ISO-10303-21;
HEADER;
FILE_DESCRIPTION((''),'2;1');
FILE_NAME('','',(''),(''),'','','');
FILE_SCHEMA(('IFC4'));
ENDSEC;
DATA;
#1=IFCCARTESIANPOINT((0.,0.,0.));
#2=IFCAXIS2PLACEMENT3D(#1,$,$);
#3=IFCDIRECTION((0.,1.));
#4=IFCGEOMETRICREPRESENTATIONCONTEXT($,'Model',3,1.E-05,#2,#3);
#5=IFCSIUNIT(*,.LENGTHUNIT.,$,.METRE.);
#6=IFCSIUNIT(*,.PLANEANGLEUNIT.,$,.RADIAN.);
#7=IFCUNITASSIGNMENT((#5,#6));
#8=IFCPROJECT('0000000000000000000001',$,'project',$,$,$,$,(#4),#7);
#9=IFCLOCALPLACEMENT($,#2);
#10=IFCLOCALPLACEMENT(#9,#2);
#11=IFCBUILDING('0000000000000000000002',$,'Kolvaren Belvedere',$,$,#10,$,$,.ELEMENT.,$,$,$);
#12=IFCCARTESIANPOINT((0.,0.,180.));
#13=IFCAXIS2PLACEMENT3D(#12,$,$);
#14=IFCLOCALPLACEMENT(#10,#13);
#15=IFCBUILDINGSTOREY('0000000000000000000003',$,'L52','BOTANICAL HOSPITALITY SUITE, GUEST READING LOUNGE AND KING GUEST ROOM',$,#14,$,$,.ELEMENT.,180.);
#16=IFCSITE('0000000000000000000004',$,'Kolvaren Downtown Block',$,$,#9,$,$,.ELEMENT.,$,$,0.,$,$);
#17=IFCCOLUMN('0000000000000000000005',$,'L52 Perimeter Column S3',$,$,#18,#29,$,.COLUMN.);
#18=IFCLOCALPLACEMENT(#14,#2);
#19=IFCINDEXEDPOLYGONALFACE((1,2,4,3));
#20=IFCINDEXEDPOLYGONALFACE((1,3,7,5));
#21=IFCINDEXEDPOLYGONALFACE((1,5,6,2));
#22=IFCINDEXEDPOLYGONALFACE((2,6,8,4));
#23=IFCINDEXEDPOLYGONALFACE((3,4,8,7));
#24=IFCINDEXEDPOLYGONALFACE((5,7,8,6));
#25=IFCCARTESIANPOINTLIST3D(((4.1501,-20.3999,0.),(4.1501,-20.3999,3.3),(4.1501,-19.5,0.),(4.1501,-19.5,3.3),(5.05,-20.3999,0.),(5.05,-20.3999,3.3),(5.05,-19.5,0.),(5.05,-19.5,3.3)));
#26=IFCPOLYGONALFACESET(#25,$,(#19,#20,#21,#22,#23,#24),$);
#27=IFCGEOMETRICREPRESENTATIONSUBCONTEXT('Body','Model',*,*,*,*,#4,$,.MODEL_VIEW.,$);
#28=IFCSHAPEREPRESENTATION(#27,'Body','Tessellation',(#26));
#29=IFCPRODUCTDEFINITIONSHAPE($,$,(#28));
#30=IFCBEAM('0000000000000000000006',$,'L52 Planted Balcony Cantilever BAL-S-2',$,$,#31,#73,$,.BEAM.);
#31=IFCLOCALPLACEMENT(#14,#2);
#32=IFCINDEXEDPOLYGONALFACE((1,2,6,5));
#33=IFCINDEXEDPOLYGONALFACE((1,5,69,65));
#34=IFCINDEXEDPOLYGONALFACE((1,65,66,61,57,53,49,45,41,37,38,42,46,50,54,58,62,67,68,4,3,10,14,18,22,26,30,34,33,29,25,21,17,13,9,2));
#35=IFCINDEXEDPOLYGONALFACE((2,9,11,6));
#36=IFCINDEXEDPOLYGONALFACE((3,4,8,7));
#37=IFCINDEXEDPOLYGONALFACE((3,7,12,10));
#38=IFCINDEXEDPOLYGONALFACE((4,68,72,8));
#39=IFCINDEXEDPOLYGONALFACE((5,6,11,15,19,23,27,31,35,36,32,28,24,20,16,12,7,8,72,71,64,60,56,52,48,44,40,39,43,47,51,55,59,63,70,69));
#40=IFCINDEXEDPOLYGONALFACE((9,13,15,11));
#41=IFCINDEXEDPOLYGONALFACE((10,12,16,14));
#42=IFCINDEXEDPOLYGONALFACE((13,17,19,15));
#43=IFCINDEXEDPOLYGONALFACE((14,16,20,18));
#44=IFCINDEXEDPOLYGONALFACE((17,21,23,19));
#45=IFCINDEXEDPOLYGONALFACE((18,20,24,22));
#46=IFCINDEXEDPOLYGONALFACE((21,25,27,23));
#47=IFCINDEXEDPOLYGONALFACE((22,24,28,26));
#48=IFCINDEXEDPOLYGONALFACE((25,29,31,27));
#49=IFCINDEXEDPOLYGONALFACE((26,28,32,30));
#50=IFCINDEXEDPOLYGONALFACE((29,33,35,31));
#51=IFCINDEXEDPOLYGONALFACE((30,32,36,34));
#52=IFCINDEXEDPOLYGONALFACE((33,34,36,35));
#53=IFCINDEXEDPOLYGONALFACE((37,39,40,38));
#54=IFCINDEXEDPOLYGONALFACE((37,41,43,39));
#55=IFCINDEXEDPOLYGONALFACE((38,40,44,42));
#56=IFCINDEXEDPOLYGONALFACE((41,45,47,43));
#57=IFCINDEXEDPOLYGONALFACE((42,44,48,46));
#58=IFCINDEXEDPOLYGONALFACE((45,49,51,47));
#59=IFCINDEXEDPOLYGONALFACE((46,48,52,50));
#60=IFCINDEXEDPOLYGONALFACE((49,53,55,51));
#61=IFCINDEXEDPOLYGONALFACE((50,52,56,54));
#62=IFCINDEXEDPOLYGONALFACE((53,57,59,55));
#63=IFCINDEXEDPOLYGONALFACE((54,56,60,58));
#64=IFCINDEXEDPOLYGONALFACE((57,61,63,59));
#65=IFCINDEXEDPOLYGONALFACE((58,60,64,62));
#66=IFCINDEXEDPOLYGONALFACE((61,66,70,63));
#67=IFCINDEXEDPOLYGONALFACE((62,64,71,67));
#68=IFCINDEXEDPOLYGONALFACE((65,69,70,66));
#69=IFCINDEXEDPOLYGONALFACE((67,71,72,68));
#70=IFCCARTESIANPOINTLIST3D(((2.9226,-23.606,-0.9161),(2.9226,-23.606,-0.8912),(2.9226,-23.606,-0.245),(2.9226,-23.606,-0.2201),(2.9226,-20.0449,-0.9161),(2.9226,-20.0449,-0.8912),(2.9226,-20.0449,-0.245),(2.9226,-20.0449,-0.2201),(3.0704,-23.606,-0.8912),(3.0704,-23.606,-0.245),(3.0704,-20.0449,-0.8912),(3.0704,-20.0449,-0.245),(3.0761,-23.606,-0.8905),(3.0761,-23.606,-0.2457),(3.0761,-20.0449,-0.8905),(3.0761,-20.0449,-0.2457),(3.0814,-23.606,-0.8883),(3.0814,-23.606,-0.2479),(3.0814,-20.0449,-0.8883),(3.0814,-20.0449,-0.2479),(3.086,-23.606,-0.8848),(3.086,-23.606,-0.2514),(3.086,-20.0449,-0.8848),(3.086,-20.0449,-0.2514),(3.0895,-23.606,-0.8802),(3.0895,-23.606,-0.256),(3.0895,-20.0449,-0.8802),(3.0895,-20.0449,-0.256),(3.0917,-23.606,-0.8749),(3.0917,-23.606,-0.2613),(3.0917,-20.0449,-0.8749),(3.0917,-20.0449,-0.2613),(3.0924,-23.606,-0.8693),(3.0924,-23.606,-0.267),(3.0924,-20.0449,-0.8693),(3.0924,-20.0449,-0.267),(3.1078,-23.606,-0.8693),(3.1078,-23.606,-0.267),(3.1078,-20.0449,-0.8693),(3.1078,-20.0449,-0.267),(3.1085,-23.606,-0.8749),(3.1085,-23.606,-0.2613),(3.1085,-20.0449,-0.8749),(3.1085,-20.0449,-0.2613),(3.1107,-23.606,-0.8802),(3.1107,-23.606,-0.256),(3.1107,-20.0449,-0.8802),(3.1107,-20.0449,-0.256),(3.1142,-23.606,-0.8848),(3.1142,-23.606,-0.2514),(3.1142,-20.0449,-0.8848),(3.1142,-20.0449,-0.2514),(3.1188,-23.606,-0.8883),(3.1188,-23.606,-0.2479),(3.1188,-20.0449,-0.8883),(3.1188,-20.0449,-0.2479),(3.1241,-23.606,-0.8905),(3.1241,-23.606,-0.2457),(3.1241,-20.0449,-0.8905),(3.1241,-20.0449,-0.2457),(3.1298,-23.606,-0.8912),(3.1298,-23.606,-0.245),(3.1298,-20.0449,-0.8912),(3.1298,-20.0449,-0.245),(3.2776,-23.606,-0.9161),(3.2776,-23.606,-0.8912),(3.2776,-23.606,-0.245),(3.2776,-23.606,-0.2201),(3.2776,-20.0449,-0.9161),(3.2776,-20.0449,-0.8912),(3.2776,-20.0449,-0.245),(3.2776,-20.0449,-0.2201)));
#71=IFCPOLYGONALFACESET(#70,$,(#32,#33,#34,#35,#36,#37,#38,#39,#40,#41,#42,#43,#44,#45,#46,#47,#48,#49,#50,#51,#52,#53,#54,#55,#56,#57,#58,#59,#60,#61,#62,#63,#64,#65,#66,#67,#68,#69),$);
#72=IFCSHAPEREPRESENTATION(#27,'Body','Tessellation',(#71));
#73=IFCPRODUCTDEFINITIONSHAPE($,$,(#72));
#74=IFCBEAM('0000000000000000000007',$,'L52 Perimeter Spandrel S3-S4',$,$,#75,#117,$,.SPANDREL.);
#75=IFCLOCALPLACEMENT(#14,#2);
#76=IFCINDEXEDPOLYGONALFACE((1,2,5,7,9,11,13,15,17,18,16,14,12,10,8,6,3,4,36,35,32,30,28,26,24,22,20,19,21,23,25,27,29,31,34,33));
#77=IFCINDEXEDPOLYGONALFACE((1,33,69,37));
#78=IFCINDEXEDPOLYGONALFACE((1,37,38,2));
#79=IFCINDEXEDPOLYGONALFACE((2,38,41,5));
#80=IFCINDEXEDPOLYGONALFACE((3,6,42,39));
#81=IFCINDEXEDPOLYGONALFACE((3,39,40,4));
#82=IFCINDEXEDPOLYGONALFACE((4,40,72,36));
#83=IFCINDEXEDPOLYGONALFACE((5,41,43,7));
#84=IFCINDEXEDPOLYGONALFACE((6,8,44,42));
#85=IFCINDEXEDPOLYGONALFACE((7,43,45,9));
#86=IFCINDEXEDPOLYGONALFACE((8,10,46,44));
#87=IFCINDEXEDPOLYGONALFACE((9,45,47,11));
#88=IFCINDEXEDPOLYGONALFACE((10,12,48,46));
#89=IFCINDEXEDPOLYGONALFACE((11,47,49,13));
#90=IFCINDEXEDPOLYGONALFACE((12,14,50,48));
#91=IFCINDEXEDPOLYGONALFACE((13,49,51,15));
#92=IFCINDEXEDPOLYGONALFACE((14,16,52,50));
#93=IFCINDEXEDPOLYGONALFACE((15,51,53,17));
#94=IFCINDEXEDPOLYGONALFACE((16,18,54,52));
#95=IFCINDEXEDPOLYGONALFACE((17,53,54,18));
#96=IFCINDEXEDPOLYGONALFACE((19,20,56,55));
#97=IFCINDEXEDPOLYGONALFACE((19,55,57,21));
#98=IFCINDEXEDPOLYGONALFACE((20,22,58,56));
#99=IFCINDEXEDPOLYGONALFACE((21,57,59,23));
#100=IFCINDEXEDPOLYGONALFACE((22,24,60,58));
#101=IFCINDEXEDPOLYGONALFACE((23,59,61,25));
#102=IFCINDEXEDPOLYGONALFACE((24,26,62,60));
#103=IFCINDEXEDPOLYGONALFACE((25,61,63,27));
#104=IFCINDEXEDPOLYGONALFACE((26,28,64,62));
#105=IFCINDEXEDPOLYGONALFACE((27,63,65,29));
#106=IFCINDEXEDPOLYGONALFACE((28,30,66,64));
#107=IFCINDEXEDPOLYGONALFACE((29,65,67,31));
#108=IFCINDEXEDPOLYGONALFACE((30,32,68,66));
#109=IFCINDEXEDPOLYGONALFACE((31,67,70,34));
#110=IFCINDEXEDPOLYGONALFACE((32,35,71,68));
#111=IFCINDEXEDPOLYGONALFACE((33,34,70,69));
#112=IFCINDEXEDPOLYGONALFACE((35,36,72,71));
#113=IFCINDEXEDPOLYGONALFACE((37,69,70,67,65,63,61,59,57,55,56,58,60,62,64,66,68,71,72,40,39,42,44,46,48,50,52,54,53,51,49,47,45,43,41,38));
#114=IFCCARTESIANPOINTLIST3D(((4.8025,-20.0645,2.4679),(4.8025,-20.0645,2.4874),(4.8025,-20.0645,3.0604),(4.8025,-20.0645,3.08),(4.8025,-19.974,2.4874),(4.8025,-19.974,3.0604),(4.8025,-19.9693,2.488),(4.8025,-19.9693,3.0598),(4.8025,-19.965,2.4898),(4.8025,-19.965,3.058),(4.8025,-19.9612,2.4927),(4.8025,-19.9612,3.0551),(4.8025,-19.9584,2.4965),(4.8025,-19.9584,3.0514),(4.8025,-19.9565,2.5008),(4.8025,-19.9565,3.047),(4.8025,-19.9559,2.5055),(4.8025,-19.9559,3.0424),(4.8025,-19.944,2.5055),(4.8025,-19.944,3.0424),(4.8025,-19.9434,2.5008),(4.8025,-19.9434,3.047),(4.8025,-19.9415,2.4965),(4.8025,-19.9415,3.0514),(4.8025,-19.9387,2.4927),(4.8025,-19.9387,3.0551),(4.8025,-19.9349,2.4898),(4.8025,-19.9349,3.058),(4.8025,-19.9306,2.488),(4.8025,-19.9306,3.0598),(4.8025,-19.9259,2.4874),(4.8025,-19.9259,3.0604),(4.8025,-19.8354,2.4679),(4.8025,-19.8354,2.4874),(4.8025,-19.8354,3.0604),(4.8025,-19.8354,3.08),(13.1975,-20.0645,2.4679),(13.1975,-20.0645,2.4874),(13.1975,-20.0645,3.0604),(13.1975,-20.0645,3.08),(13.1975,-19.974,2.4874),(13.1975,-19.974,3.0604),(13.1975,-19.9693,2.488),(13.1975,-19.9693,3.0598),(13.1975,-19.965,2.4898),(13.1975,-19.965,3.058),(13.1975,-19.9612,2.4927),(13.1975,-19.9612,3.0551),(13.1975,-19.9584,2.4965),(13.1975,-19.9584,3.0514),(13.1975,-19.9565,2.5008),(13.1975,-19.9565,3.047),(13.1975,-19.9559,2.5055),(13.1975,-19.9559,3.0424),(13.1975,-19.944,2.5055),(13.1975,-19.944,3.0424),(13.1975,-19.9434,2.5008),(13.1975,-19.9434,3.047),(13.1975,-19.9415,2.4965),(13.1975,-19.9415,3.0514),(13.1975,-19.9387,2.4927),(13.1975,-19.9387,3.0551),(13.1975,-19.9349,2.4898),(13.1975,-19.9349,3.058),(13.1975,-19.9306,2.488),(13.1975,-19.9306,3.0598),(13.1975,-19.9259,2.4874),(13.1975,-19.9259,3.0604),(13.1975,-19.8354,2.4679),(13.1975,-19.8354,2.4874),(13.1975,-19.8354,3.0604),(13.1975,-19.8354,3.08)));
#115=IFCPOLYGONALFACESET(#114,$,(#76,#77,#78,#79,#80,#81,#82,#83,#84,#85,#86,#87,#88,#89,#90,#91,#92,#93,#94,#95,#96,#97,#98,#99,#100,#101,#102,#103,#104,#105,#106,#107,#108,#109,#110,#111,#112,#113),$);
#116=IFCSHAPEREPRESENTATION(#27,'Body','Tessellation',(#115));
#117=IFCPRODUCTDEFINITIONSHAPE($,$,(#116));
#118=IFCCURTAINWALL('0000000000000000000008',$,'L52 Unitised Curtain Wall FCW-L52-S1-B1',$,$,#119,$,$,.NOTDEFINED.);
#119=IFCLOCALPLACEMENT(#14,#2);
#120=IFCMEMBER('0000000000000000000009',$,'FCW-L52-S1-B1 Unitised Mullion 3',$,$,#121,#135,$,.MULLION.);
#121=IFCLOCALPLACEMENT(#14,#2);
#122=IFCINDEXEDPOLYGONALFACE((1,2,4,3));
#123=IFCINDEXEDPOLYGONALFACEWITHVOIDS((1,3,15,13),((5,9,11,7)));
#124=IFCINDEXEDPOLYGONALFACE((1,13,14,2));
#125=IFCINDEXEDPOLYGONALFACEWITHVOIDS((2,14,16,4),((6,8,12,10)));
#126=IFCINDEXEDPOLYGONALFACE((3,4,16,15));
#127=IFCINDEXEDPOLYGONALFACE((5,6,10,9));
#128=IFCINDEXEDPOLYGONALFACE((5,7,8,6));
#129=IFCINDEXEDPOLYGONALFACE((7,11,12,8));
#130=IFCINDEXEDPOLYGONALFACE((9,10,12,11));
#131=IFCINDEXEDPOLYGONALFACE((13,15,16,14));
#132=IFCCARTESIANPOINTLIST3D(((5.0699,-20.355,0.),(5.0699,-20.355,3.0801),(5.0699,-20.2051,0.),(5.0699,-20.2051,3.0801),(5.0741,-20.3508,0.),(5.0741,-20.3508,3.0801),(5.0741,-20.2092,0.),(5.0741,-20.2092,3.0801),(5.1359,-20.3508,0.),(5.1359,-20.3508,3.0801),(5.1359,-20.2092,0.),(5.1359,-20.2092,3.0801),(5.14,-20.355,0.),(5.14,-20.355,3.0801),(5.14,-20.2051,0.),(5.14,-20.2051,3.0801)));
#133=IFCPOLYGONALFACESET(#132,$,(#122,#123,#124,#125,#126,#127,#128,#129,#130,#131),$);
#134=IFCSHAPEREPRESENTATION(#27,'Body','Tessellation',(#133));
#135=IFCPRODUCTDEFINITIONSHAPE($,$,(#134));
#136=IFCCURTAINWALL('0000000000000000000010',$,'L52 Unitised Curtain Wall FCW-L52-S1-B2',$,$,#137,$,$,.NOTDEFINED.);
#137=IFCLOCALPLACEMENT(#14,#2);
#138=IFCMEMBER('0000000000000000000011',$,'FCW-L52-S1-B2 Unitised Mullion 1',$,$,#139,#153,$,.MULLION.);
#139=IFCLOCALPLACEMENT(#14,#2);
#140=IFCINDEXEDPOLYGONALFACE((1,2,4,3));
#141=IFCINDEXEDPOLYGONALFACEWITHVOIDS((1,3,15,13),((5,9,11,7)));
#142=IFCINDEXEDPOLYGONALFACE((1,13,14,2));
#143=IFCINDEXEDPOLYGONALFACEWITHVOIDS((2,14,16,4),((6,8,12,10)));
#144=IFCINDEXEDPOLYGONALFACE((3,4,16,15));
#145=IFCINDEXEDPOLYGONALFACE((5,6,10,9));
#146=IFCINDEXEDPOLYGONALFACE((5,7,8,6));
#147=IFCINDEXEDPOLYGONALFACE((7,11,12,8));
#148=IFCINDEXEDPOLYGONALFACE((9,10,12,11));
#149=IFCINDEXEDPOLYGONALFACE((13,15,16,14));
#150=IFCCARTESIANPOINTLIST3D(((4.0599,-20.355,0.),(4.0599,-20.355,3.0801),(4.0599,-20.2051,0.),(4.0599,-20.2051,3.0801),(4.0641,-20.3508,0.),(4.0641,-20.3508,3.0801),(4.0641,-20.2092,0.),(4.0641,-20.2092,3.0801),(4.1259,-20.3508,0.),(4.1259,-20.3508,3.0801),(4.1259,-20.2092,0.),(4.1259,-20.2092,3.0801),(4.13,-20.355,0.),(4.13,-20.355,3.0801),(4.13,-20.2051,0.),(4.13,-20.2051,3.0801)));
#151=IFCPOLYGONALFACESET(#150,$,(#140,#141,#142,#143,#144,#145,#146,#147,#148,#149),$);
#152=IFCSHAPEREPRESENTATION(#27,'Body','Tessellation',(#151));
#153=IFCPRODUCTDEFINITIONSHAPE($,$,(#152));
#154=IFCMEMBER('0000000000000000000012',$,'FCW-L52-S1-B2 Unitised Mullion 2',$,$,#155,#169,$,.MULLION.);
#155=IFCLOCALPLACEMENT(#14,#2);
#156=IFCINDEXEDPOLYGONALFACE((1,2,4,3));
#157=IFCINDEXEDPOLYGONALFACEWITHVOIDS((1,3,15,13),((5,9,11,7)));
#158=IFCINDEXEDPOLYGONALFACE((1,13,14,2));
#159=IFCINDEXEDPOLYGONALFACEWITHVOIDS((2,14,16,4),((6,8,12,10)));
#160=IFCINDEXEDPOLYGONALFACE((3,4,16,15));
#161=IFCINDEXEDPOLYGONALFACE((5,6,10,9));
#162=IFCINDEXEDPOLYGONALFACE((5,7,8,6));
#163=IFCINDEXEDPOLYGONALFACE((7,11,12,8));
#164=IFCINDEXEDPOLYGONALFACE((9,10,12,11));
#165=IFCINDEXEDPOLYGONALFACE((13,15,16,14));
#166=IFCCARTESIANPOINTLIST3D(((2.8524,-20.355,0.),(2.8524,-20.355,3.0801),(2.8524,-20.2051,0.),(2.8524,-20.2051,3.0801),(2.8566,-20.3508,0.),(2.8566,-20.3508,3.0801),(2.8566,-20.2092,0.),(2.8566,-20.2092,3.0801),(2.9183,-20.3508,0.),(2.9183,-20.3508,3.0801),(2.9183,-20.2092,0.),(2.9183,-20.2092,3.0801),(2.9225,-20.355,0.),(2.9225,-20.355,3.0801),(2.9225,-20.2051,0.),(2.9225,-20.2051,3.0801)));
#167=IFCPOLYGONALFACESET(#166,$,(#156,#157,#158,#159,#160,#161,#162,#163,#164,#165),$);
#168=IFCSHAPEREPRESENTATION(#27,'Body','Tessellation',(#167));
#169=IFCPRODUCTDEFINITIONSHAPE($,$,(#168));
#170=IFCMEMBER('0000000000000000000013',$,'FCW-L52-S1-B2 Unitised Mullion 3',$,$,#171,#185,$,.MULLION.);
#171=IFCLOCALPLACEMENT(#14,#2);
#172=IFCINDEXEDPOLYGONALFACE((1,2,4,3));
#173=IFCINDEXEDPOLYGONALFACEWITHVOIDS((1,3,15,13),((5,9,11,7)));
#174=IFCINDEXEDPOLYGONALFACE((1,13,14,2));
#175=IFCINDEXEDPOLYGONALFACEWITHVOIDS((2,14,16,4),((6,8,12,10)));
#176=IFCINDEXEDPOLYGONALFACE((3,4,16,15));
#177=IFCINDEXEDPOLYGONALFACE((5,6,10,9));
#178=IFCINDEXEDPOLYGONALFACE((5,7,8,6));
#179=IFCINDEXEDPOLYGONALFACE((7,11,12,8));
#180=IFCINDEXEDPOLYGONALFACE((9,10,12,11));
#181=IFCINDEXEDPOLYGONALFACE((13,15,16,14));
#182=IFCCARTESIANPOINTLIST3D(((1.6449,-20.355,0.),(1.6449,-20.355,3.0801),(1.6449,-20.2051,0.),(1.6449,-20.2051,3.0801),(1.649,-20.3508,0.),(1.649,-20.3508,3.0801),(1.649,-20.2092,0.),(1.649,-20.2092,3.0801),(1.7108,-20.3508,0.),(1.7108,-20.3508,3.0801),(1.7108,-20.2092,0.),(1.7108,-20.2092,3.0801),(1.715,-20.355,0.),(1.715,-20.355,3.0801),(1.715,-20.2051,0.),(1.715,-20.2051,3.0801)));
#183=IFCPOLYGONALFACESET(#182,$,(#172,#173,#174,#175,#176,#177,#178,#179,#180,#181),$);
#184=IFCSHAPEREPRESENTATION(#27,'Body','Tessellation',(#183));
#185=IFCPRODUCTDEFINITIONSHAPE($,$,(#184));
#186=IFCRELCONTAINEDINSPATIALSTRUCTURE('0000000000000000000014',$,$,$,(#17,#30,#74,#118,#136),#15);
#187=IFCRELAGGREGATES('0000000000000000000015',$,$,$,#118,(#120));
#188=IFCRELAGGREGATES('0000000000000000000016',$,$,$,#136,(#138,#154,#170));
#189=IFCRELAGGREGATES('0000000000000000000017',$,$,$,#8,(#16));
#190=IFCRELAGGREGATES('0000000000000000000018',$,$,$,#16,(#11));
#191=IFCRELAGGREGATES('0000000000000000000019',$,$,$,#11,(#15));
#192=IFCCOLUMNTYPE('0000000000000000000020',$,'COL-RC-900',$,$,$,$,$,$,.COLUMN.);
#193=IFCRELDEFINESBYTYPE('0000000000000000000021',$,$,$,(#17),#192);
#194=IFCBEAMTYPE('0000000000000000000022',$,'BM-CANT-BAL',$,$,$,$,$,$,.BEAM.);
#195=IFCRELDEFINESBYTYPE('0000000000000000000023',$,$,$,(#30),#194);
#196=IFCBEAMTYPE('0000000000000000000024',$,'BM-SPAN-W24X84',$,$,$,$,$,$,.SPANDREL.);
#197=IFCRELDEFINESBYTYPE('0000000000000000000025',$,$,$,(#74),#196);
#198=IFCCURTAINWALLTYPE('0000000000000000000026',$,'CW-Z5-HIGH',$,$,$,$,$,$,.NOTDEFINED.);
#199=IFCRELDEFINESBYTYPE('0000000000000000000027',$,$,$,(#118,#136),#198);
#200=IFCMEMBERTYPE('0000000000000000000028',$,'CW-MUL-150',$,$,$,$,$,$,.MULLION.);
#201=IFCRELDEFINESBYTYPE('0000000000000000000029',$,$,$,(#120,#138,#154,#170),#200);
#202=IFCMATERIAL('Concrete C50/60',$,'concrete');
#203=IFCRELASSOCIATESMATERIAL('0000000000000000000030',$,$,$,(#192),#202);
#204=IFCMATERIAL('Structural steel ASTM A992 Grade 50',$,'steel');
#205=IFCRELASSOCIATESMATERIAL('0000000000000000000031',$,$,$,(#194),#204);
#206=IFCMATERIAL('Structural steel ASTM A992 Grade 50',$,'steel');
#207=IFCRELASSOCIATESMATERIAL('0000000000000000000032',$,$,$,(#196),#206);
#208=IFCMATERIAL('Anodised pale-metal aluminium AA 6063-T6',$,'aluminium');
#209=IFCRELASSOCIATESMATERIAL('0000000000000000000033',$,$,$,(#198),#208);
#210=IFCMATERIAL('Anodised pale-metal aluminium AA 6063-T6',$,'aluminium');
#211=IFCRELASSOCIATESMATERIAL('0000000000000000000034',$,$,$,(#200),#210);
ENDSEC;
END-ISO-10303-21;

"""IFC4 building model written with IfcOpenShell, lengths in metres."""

from ifc_helpers import new_model, si_unit, direction, frame, origin, origin_2d, place, context, subcontext, project, spatial, rectangle, hollow_rectangle, i_section, extrude, material, material_profile, profile_set, type_object, element, aggregate, save


model = new_model("IFC4")

# Units and contexts
model_context = context("Model", 3, precision=1e-05, world=origin(), true_north=direction((0.0, 1.0)))
body_context = subcontext(model_context, "Body", "Model", "MODEL_VIEW")
ifc_project = project(units=[si_unit("LENGTHUNIT", "METRE"), si_unit("PLANEANGLEUNIT", "RADIAN")], contexts=[model_context])

# Site, building, storey
site_placement = place(None, origin())
site = spatial("IfcSite", under=ifc_project, at=site_placement, Name="Kolvaren Downtown Block", CompositionType="ELEMENT", RefElevation=0.0)
building_placement = place(site_placement, origin())
building = spatial("IfcBuilding", under=site, at=building_placement, Name="Kolvaren Belvedere", CompositionType="ELEMENT")
storey_placement = place(building_placement, frame((0.0, 0.0, 180.0)))
storey = spatial("IfcBuildingStorey", under=building, at=storey_placement, Name="L52", Description="BOTANICAL HOSPITALITY SUITE, GUEST READING LOUNGE AND KING GUEST ROOM", CompositionType="ELEMENT", Elevation=180.0)

# Column
ifc_material_1 = material(Name="Concrete C50/60", Category="concrete")
ifc_material_profile_1 = material_profile(ifc_material_1, rectangle(XDim=0.8999, YDim=0.8999, at=origin_2d()), Name="RC 900X900")
ifc_profile_set_1 = profile_set([ifc_material_profile_1], Name="Concrete C50/60")
column_type = type_object("IfcColumnType", Name="COL-RC-900", PredefinedType="COLUMN", material=ifc_profile_set_1)
column_placement = place(storey_placement, frame((4.6001, -19.95, 0.0), z_axis=(0.0, 0.0, 1.0), x_axis=(1.0, 0.0, 0.0)))
element("IfcColumn", 1, at=column_placement, inside=storey, type_object=column_type, Name="L52 Perimeter Column S3", PredefinedType="COLUMN", context=body_context, shape_type="SweptSolid", body=[
    extrude(rectangle(XDim=0.8999, YDim=0.8999, at=origin_2d()), origin(), (0.0, 0.0, 1.0), 3.3),
])

# Beams
ifc_material_2 = material(Name="Structural steel ASTM A992 Grade 50", Category="steel")
ifc_material_profile_2 = material_profile(ifc_material_2, i_section(OverallWidth=0.355, OverallDepth=0.696, WebThickness=0.0154, FlangeThickness=0.0249, FilletRadius=0.022, at=origin_2d()), Name="W27X146")
ifc_profile_set_2 = profile_set([ifc_material_profile_2], Name="Structural steel ASTM A992 Grade 50")
beam_type_1 = type_object("IfcBeamType", Name="BM-CANT-BAL", PredefinedType="BEAM", material=ifc_profile_set_2)
beam_1_placement = place(storey_placement, frame((3.1001, -20.0449, -0.5681), z_axis=(0.0, -1.0, 0.0), x_axis=(1.0, 0.0, 0.0)))
element("IfcBeam", 2, at=beam_1_placement, inside=storey, type_object=beam_type_1, Name="L52 Planted Balcony Cantilever BAL-S-2", PredefinedType="BEAM", context=body_context, shape_type="SweptSolid", body=[
    extrude(i_section(OverallWidth=0.355, OverallDepth=0.696, WebThickness=0.0154, FlangeThickness=0.0249, FilletRadius=0.022, at=origin_2d()), origin(), (0.0, 0.0, 1.0), 3.561),
])
ifc_material_3 = material(Name="Structural steel ASTM A992 Grade 50", Category="steel")
ifc_material_profile_3 = material_profile(ifc_material_3, i_section(OverallWidth=0.229, OverallDepth=0.6121, WebThickness=0.012, FlangeThickness=0.0195, FilletRadius=0.0181, at=origin_2d()), Name="W24X84")
ifc_profile_set_3 = profile_set([ifc_material_profile_3], Name="Structural steel ASTM A992 Grade 50")
beam_type_2 = type_object("IfcBeamType", Name="BM-SPAN-W24X84", PredefinedType="SPANDREL", material=ifc_profile_set_3)
beam_2_placement = place(storey_placement, frame((4.8025, -19.95, 2.7739), z_axis=(1.0, 0.0, 0.0), x_axis=(0.0, 1.0, 0.0)))
element("IfcBeam", 3, at=beam_2_placement, inside=storey, type_object=beam_type_2, Name="L52 Perimeter Spandrel S3-S4", PredefinedType="SPANDREL", context=body_context, shape_type="SweptSolid", body=[
    extrude(i_section(OverallWidth=0.229, OverallDepth=0.6121, WebThickness=0.012, FlangeThickness=0.0195, FilletRadius=0.0181, at=origin_2d()), origin(), (0.0, 0.0, 1.0), 8.395),
])

# Curtain wall, member
ifc_material_4 = material(Name="Anodised pale-metal aluminium AA 6063-T6", Category="aluminium")
curtain_wall_type = type_object("IfcCurtainWallType", Name="CW-Z5-HIGH", PredefinedType="NOTDEFINED", material=ifc_material_4)
curtain_wall_1_placement = place(storey_placement, origin())
curtain_wall_1 = element("IfcCurtainWall", 4, at=curtain_wall_1_placement, inside=storey, type_object=curtain_wall_type, Name="L52 Unitised Curtain Wall FCW-L52-S1-B1", PredefinedType="NOTDEFINED")
ifc_material_5 = material(Name="Anodised pale-metal aluminium AA 6063-T6", Category="aluminium")
ifc_material_profile_4 = material_profile(ifc_material_5, hollow_rectangle(XDim=0.0701, YDim=0.1499, WallThickness=0.0042, at=origin_2d()), Name="ALU-MUL-150X70")
ifc_profile_set_4 = profile_set([ifc_material_profile_4], Name="Anodised pale-metal aluminium AA 6063-T6")
member_type_1 = type_object("IfcMemberType", Name="CW-MUL-150", PredefinedType="MULLION", material=ifc_profile_set_4)
member_1_placement = place(storey_placement, frame((5.105, -20.28, 0.0), z_axis=(0.0, 0.0, 1.0), x_axis=(1.0, 0.0, 0.0)))
member_1 = element("IfcMember", 5, at=member_1_placement, type_object=member_type_1, Name="FCW-L52-S1-B1 Unitised Mullion 3", PredefinedType="MULLION", context=body_context, shape_type="SweptSolid", body=[
    extrude(hollow_rectangle(XDim=0.0701, YDim=0.1499, WallThickness=0.0042, at=origin_2d()), origin(), (0.0, 0.0, 1.0), 3.0801),
])
aggregate(curtain_wall_1, [member_1])

# Curtain wall, members
curtain_wall_2_placement = place(storey_placement, origin())
curtain_wall_2 = element("IfcCurtainWall", 6, at=curtain_wall_2_placement, inside=storey, type_object=curtain_wall_type, Name="L52 Unitised Curtain Wall FCW-L52-S1-B2", PredefinedType="NOTDEFINED")
member_2_placement = place(storey_placement, frame((4.095, -20.28, 0.0), z_axis=(0.0, 0.0, 1.0), x_axis=(1.0, 0.0, 0.0)))
member_2 = element("IfcMember", 7, at=member_2_placement, type_object=member_type_1, Name="FCW-L52-S1-B2 Unitised Mullion 1", PredefinedType="MULLION", context=body_context, shape_type="SweptSolid", body=[
    extrude(hollow_rectangle(XDim=0.0701, YDim=0.1499, WallThickness=0.0042, at=origin_2d()), origin(), (0.0, 0.0, 1.0), 3.0801),
])
member_3_placement = place(storey_placement, frame((2.8875, -20.28, 0.0), z_axis=(0.0, 0.0, 1.0), x_axis=(1.0, 0.0, 0.0)))
member_3 = element("IfcMember", 8, at=member_3_placement, type_object=member_type_1, Name="FCW-L52-S1-B2 Unitised Mullion 2", PredefinedType="MULLION", context=body_context, shape_type="SweptSolid", body=[
    extrude(hollow_rectangle(XDim=0.0701, YDim=0.1499, WallThickness=0.0042, at=origin_2d()), origin(), (0.0, 0.0, 1.0), 3.0801),
])
member_4_placement = place(storey_placement, frame((1.6799, -20.28, 0.0), z_axis=(0.0, 0.0, 1.0), x_axis=(1.0, 0.0, 0.0)))
member_4 = element("IfcMember", 9, at=member_4_placement, type_object=member_type_1, Name="FCW-L52-S1-B2 Unitised Mullion 3", PredefinedType="MULLION", context=body_context, shape_type="SweptSolid", body=[
    extrude(hollow_rectangle(XDim=0.0701, YDim=0.1499, WallThickness=0.0042, at=origin_2d()), origin(), (0.0, 0.0, 1.0), 3.0801),
])

aggregate(curtain_wall_2, [member_2, member_3, member_4])

save(model, "model.ifc")
